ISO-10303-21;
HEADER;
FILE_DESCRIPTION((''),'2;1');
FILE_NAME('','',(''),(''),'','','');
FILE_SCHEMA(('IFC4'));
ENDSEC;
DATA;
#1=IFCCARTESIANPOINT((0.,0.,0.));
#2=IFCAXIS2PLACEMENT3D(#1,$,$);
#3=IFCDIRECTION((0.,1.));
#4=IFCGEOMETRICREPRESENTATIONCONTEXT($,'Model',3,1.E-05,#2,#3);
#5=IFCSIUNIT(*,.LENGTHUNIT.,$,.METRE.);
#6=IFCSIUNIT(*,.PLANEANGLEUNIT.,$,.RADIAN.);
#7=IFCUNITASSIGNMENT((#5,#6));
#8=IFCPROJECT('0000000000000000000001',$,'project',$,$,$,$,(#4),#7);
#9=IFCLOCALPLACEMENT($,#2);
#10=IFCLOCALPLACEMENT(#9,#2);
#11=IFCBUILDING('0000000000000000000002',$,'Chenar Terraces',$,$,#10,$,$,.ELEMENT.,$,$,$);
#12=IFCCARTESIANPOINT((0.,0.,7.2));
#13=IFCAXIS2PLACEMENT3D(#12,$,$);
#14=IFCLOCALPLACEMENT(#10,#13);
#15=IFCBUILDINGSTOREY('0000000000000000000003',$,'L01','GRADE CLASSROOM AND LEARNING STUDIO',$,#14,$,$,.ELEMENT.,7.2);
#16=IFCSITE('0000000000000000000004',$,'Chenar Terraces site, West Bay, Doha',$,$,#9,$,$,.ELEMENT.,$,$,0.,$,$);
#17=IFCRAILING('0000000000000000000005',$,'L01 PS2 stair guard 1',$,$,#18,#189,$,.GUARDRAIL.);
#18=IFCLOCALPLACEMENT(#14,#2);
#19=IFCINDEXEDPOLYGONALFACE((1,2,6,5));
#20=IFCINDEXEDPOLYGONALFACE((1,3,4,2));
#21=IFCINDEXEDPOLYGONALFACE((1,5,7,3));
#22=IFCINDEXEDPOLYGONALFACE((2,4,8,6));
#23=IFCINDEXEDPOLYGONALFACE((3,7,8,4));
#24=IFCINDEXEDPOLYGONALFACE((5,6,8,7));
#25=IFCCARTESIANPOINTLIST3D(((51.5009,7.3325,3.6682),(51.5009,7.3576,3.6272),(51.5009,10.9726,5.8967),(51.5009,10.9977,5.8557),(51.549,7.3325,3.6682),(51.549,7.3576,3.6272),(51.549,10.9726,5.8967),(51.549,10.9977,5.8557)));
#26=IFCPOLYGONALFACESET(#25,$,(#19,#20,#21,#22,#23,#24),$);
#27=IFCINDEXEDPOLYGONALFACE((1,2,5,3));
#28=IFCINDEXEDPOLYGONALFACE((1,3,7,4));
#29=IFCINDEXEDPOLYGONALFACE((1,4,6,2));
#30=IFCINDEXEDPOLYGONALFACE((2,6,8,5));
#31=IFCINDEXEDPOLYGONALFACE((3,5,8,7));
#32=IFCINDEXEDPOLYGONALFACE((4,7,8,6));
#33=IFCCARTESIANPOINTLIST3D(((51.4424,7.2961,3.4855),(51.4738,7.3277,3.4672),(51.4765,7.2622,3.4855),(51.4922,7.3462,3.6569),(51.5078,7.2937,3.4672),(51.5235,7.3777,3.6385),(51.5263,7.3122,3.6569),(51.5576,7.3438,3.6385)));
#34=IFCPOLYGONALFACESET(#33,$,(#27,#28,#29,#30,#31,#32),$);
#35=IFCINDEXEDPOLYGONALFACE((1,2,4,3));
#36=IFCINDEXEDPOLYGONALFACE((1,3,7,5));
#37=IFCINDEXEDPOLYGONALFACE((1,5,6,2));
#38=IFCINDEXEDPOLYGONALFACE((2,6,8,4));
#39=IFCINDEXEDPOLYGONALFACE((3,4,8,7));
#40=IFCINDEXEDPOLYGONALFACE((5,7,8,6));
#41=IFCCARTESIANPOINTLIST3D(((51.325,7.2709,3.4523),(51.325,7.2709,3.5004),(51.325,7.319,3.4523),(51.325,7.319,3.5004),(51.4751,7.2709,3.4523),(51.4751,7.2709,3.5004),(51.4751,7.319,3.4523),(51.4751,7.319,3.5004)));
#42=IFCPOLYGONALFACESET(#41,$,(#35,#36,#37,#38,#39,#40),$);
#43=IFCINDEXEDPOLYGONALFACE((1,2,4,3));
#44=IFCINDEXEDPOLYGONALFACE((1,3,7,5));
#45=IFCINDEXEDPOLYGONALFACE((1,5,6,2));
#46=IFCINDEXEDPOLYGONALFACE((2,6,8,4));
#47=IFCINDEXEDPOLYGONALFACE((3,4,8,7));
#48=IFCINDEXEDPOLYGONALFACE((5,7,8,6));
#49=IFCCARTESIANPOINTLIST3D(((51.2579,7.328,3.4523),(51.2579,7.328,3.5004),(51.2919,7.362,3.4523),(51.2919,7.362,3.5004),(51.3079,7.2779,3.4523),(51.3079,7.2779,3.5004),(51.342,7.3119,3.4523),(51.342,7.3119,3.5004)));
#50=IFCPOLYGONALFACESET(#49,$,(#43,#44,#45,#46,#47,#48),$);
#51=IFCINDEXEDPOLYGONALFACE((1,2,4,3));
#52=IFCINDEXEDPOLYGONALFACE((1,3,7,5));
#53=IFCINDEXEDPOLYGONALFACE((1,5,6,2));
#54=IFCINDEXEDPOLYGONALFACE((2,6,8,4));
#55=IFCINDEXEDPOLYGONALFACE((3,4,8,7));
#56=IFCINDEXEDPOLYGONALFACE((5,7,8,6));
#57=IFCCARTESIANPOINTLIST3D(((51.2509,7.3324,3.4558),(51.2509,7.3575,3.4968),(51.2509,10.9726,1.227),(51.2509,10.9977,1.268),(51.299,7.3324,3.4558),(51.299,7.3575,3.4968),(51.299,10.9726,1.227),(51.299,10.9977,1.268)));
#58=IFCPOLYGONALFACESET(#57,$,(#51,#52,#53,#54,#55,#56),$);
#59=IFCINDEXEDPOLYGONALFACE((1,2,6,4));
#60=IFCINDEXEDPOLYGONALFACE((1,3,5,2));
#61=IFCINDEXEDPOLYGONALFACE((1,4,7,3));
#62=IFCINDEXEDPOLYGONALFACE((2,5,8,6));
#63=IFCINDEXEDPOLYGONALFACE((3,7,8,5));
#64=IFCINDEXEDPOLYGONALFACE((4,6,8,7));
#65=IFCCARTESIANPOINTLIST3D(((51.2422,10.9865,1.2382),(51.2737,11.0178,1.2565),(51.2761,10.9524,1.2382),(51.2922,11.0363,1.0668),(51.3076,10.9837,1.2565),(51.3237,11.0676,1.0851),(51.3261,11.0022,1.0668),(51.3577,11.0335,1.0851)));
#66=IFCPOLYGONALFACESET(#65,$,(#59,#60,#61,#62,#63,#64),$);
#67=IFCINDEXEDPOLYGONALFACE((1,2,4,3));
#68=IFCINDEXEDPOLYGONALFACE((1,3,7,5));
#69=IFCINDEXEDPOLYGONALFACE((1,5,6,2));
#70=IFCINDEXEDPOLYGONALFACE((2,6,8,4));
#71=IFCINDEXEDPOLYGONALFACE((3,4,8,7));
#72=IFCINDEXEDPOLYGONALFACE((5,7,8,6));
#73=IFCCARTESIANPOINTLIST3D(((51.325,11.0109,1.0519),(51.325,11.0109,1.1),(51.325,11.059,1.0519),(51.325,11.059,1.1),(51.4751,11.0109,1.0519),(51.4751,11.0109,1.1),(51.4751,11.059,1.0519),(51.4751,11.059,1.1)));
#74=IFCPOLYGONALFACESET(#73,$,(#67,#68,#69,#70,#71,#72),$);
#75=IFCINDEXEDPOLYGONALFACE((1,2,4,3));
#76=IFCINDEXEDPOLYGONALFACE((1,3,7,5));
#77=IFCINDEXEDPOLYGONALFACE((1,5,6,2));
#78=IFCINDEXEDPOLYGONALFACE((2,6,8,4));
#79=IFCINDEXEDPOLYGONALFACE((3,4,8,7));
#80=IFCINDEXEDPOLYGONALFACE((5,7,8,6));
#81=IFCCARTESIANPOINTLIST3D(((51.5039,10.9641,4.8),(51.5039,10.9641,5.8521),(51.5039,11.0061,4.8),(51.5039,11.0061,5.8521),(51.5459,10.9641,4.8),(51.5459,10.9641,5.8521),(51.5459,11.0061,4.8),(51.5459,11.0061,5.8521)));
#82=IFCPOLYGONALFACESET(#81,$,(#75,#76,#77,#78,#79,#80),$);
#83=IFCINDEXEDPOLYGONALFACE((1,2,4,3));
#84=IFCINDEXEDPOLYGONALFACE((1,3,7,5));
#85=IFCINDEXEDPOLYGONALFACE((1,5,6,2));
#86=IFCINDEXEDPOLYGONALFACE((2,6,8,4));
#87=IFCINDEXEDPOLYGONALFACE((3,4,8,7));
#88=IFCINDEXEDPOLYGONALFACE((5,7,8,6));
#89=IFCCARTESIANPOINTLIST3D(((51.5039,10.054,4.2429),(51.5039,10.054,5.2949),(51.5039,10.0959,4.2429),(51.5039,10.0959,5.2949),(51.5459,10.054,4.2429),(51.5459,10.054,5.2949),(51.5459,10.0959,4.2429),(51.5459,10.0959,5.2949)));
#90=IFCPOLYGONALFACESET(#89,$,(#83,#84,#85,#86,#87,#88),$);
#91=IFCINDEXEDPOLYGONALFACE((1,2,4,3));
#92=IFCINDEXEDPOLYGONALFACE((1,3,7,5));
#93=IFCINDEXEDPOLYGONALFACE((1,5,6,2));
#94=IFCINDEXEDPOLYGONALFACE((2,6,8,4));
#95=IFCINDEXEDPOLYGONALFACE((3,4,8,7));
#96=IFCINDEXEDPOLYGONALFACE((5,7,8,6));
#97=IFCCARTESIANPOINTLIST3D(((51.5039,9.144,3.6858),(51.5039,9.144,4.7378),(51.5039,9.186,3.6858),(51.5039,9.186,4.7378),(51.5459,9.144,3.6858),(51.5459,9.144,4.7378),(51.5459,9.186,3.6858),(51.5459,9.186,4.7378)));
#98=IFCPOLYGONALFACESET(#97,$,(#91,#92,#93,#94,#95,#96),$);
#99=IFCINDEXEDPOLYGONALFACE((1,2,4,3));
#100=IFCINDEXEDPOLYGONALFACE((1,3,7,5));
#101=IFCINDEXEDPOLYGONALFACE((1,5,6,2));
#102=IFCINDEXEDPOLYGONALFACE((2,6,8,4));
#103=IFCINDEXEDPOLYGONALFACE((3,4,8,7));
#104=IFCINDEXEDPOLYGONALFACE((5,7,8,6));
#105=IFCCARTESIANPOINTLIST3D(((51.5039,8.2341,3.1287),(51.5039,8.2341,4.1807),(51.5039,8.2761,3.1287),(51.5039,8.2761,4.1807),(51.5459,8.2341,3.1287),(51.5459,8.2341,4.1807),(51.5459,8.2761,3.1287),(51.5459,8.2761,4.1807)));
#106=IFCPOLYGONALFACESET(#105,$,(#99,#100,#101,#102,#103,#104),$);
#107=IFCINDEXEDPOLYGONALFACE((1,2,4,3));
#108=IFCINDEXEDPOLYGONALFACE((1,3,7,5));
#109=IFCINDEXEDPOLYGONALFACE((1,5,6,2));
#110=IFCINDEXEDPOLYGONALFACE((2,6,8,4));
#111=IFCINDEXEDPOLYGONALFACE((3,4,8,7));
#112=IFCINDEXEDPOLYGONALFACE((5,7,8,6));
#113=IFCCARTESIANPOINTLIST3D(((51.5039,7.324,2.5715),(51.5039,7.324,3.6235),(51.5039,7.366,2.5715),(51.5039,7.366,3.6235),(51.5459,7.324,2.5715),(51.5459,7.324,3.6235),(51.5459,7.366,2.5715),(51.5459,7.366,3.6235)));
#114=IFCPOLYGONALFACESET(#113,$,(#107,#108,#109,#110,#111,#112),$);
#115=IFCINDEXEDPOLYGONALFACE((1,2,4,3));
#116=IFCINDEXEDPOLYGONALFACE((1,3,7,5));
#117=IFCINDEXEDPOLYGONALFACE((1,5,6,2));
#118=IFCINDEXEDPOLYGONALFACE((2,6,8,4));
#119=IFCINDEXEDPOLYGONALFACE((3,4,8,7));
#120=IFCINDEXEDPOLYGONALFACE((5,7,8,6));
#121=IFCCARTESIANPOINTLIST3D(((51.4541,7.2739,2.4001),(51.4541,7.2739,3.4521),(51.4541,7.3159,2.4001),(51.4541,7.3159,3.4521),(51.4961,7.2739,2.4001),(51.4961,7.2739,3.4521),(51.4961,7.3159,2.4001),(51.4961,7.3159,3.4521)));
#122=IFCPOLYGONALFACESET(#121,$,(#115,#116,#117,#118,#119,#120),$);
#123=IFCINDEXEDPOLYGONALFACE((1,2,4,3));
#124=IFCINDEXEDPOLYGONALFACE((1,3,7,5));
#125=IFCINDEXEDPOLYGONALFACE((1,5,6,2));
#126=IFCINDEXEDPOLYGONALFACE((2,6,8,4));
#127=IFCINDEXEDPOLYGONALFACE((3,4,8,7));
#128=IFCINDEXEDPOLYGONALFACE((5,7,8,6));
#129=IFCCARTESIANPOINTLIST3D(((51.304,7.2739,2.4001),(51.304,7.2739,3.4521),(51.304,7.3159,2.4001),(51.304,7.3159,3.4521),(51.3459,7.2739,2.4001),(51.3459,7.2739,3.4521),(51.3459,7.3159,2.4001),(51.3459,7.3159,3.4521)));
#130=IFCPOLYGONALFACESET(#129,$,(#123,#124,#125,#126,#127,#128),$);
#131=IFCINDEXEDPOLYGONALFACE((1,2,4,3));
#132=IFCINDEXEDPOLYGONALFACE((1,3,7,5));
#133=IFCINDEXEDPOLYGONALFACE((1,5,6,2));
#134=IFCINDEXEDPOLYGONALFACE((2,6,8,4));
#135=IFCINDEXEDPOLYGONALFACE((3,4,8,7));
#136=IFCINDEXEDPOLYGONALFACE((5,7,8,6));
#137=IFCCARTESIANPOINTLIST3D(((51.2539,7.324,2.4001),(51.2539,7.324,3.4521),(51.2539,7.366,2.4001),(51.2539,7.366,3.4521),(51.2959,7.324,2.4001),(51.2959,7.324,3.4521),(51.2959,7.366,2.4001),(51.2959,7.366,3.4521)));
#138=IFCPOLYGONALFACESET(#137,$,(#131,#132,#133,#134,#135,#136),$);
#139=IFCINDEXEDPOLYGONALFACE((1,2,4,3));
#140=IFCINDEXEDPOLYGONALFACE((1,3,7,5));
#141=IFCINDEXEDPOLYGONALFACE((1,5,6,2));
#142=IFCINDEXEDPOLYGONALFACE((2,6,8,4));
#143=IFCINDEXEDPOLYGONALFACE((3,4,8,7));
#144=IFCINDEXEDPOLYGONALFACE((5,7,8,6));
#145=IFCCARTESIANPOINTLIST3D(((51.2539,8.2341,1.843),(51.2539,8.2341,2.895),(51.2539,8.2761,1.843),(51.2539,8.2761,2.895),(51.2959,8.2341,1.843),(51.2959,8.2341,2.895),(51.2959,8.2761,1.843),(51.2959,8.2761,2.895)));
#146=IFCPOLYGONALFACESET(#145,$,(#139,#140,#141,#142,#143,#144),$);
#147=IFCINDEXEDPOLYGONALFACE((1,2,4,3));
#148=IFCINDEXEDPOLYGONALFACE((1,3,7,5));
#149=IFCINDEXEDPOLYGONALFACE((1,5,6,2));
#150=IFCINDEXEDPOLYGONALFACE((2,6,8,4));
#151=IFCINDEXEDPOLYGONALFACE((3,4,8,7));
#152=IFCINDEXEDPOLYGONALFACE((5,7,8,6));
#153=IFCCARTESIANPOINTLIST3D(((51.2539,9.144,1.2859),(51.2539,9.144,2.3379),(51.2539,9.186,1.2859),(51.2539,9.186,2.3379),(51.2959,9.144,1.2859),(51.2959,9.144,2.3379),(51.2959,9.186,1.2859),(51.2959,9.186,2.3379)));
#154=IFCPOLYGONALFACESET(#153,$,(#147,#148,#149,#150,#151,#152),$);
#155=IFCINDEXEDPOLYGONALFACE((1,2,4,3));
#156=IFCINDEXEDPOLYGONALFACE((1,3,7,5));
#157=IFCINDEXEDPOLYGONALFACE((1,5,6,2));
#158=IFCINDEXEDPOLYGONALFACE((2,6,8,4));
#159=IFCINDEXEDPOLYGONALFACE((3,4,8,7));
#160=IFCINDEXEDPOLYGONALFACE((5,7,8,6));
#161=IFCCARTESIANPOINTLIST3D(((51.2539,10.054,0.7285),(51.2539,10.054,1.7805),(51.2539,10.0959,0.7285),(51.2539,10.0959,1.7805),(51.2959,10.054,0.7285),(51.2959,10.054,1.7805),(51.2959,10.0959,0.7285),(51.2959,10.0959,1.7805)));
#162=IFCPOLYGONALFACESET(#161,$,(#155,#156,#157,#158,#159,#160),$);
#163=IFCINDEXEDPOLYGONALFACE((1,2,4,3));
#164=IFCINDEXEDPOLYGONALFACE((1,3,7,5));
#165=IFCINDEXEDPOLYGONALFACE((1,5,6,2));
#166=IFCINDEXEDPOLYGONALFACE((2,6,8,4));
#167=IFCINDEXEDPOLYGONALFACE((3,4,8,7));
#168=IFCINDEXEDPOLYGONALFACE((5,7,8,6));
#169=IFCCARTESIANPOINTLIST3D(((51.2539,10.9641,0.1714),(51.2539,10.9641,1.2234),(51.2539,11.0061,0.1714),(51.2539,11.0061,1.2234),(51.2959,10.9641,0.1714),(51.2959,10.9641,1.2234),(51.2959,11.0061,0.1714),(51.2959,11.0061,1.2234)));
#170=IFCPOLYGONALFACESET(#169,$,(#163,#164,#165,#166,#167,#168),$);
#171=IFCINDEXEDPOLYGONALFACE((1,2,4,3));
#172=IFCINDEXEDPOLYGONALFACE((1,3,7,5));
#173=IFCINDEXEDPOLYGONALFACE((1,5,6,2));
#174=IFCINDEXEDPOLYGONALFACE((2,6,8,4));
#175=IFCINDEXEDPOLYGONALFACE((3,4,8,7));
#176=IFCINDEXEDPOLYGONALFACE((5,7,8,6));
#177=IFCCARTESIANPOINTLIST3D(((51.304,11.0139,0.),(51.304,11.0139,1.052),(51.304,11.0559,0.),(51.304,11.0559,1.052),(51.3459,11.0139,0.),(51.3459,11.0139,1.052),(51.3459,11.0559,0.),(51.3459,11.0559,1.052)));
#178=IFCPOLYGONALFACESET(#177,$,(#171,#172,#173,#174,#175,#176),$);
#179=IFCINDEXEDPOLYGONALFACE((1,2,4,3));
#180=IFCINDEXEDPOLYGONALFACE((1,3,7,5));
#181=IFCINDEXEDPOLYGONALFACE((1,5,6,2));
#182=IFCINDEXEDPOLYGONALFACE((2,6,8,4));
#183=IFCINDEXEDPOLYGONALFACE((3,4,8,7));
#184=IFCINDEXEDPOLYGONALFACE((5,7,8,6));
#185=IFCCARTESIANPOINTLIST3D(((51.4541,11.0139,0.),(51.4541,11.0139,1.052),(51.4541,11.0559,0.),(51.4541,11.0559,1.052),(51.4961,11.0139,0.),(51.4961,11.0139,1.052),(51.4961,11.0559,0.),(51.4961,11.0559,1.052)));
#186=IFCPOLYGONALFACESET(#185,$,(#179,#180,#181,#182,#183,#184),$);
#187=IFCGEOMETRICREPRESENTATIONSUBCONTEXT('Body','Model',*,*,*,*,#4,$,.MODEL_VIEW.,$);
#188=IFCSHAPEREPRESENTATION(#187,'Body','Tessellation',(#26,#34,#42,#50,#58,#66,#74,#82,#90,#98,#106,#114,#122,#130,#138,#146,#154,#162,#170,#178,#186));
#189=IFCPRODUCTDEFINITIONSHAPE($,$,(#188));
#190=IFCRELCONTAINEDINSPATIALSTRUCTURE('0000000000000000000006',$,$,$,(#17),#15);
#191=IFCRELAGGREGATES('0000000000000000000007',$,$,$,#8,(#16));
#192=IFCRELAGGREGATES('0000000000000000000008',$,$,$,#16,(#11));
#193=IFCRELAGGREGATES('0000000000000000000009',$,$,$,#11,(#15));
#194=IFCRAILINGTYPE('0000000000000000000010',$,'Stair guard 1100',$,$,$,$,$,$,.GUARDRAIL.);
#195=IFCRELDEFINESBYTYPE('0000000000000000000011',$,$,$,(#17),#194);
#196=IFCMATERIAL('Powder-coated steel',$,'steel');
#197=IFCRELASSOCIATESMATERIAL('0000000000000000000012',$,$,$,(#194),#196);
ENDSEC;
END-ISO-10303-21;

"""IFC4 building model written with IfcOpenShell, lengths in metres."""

from ifc_helpers import new_model, si_unit, direction, frame, origin, origin_2d, place, context, subcontext, project, spatial, rectangle, extrude, material, type_object, element, save


model = new_model("IFC4")

# Units and contexts
model_context = context("Model", 3, precision=1e-05, world=origin(), true_north=direction((0.0, 1.0)))
body_context = subcontext(model_context, "Body", "Model", "MODEL_VIEW")
ifc_project = project(units=[si_unit("LENGTHUNIT", "METRE"), si_unit("PLANEANGLEUNIT", "RADIAN")], contexts=[model_context])

# Site, building, storey
site_placement = place(None, origin())
site = spatial("IfcSite", under=ifc_project, at=site_placement, Name="Chenar Terraces site, West Bay, Doha", CompositionType="ELEMENT", RefElevation=0.0)
building_placement = place(site_placement, origin())
building = spatial("IfcBuilding", under=site, at=building_placement, Name="Chenar Terraces", CompositionType="ELEMENT")
storey_placement = place(building_placement, frame((0.0, 0.0, 7.2)))
storey = spatial("IfcBuildingStorey", under=building, at=storey_placement, Name="L01", Description="GRADE CLASSROOM AND LEARNING STUDIO", CompositionType="ELEMENT", Elevation=7.2)

# Railing
ifc_material_1 = material(Name="Powder-coated steel", Category="steel")
railing_type_1 = type_object("IfcRailingType", Name="Stair guard 1100", PredefinedType="GUARDRAIL", material=ifc_material_1)
railing_1_placement = place(storey_placement, frame((51.5249, 10.9851, 4.8)))
element("IfcRailing", 1, at=railing_1_placement, inside=storey, type_object=railing_type_1, Name="L01 PS2 stair guard 1", PredefinedType="GUARDRAIL", context=body_context, shape_type="SweptSolid", body=[
    extrude(rectangle(XDim=0.0481, YDim=0.0481, at=origin_2d()), frame((0.0, 0.0, 1.0762), z_axis=(0.0, -0.852866, -0.52213), x_axis=(1.0, 0.0, 0.0)), (0.0, 0.0, 1.0), 4.2681),
    extrude(rectangle(XDim=0.0481, YDim=0.0481, at=origin_2d()), frame((0.0, -3.6401, -1.1523), z_axis=(-0.26869, -0.270007, -0.924609), x_axis=(0.708834, -0.705376, 0.0)), (0.0, 0.0, 1.0), 0.1853),
    extrude(rectangle(XDim=0.0481, YDim=0.0481, at=origin_2d()), frame((-0.0498, -3.6902, -1.3237), z_axis=(-1.0, 0.0, 0.0), x_axis=(0.0, -1.0, 0.0)), (0.0, 0.0, 1.0), 0.1501),
    extrude(rectangle(XDim=0.0481, YDim=0.0481, at=origin_2d()), frame((-0.2, -3.6902, -1.3237), z_axis=(-0.707107, 0.707107, 0.0), x_axis=(-0.707107, -0.707107, 0.0)), (0.0, 0.0, 1.0), 0.0708),
    extrude(rectangle(XDim=0.0481, YDim=0.0481, at=origin_2d()), frame((-0.25, -3.6401, -1.3237), z_axis=(0.0, 0.85284, -0.522172), x_axis=(-1.0, 0.0, 0.0)), (0.0, 0.0, 1.0), 4.2683),
    extrude(rectangle(XDim=0.0481, YDim=0.0481, at=origin_2d()), frame((-0.25, 0.0, -3.5527), z_axis=(0.270007, 0.26869, -0.924609), x_axis=(-0.705376, 0.708834, 0.0)), (0.0, 0.0, 1.0), 0.1853),
    extrude(rectangle(XDim=0.0481, YDim=0.0481, at=origin_2d()), frame((-0.2, 0.0498, -3.7241), z_axis=(1.0, 0.0, 0.0), x_axis=(0.0, 1.0, 0.0)), (0.0, 0.0, 1.0), 0.1501),
    extrude(rectangle(XDim=0.042, YDim=0.042, at=origin_2d()), origin(), (0.0, 0.0, 1.0), 1.052),
    extrude(rectangle(XDim=0.042, YDim=0.042, at=origin_2d()), frame((0.0, -0.9102, -0.5571)), (0.0, 0.0, 1.0), 1.052),
    extrude(rectangle(XDim=0.042, YDim=0.042, at=origin_2d()), frame((0.0, -1.8201, -1.1143)), (0.0, 0.0, 1.0), 1.052),
    extrude(rectangle(XDim=0.042, YDim=0.042, at=origin_2d()), frame((0.0, -2.73, -1.6714)), (0.0, 0.0, 1.0), 1.052),
    extrude(rectangle(XDim=0.042, YDim=0.042, at=origin_2d()), frame((0.0, -3.6401, -2.2285)), (0.0, 0.0, 1.0), 1.052),
    extrude(rectangle(XDim=0.042, YDim=0.042, at=origin_2d()), frame((-0.0498, -3.6902, -2.3999)), (0.0, 0.0, 1.0), 1.052),
    extrude(rectangle(XDim=0.042, YDim=0.042, at=origin_2d()), frame((-0.2, -3.6902, -2.3999)), (0.0, 0.0, 1.0), 1.052),
    extrude(rectangle(XDim=0.042, YDim=0.042, at=origin_2d()), frame((-0.25, -3.6401, -2.3999)), (0.0, 0.0, 1.0), 1.052),
    extrude(rectangle(XDim=0.042, YDim=0.042, at=origin_2d()), frame((-0.25, -2.73, -2.957)), (0.0, 0.0, 1.0), 1.052),
    extrude(rectangle(XDim=0.042, YDim=0.042, at=origin_2d()), frame((-0.25, -1.8201, -3.5142)), (0.0, 0.0, 1.0), 1.052),
    extrude(rectangle(XDim=0.042, YDim=0.042, at=origin_2d()), frame((-0.25, -0.9102, -4.0715)), (0.0, 0.0, 1.0), 1.052),
    extrude(rectangle(XDim=0.042, YDim=0.042, at=origin_2d()), frame((-0.25, 0.0, -4.6287)), (0.0, 0.0, 1.0), 1.052),
    extrude(rectangle(XDim=0.042, YDim=0.042, at=origin_2d()), frame((-0.2, 0.0498, -4.8)), (0.0, 0.0, 1.0), 1.052),
    extrude(rectangle(XDim=0.042, YDim=0.042, at=origin_2d()), frame((-0.0498, 0.0498, -4.8)), (0.0, 0.0, 1.0), 1.052),
])

save(model, "model.ifc")
